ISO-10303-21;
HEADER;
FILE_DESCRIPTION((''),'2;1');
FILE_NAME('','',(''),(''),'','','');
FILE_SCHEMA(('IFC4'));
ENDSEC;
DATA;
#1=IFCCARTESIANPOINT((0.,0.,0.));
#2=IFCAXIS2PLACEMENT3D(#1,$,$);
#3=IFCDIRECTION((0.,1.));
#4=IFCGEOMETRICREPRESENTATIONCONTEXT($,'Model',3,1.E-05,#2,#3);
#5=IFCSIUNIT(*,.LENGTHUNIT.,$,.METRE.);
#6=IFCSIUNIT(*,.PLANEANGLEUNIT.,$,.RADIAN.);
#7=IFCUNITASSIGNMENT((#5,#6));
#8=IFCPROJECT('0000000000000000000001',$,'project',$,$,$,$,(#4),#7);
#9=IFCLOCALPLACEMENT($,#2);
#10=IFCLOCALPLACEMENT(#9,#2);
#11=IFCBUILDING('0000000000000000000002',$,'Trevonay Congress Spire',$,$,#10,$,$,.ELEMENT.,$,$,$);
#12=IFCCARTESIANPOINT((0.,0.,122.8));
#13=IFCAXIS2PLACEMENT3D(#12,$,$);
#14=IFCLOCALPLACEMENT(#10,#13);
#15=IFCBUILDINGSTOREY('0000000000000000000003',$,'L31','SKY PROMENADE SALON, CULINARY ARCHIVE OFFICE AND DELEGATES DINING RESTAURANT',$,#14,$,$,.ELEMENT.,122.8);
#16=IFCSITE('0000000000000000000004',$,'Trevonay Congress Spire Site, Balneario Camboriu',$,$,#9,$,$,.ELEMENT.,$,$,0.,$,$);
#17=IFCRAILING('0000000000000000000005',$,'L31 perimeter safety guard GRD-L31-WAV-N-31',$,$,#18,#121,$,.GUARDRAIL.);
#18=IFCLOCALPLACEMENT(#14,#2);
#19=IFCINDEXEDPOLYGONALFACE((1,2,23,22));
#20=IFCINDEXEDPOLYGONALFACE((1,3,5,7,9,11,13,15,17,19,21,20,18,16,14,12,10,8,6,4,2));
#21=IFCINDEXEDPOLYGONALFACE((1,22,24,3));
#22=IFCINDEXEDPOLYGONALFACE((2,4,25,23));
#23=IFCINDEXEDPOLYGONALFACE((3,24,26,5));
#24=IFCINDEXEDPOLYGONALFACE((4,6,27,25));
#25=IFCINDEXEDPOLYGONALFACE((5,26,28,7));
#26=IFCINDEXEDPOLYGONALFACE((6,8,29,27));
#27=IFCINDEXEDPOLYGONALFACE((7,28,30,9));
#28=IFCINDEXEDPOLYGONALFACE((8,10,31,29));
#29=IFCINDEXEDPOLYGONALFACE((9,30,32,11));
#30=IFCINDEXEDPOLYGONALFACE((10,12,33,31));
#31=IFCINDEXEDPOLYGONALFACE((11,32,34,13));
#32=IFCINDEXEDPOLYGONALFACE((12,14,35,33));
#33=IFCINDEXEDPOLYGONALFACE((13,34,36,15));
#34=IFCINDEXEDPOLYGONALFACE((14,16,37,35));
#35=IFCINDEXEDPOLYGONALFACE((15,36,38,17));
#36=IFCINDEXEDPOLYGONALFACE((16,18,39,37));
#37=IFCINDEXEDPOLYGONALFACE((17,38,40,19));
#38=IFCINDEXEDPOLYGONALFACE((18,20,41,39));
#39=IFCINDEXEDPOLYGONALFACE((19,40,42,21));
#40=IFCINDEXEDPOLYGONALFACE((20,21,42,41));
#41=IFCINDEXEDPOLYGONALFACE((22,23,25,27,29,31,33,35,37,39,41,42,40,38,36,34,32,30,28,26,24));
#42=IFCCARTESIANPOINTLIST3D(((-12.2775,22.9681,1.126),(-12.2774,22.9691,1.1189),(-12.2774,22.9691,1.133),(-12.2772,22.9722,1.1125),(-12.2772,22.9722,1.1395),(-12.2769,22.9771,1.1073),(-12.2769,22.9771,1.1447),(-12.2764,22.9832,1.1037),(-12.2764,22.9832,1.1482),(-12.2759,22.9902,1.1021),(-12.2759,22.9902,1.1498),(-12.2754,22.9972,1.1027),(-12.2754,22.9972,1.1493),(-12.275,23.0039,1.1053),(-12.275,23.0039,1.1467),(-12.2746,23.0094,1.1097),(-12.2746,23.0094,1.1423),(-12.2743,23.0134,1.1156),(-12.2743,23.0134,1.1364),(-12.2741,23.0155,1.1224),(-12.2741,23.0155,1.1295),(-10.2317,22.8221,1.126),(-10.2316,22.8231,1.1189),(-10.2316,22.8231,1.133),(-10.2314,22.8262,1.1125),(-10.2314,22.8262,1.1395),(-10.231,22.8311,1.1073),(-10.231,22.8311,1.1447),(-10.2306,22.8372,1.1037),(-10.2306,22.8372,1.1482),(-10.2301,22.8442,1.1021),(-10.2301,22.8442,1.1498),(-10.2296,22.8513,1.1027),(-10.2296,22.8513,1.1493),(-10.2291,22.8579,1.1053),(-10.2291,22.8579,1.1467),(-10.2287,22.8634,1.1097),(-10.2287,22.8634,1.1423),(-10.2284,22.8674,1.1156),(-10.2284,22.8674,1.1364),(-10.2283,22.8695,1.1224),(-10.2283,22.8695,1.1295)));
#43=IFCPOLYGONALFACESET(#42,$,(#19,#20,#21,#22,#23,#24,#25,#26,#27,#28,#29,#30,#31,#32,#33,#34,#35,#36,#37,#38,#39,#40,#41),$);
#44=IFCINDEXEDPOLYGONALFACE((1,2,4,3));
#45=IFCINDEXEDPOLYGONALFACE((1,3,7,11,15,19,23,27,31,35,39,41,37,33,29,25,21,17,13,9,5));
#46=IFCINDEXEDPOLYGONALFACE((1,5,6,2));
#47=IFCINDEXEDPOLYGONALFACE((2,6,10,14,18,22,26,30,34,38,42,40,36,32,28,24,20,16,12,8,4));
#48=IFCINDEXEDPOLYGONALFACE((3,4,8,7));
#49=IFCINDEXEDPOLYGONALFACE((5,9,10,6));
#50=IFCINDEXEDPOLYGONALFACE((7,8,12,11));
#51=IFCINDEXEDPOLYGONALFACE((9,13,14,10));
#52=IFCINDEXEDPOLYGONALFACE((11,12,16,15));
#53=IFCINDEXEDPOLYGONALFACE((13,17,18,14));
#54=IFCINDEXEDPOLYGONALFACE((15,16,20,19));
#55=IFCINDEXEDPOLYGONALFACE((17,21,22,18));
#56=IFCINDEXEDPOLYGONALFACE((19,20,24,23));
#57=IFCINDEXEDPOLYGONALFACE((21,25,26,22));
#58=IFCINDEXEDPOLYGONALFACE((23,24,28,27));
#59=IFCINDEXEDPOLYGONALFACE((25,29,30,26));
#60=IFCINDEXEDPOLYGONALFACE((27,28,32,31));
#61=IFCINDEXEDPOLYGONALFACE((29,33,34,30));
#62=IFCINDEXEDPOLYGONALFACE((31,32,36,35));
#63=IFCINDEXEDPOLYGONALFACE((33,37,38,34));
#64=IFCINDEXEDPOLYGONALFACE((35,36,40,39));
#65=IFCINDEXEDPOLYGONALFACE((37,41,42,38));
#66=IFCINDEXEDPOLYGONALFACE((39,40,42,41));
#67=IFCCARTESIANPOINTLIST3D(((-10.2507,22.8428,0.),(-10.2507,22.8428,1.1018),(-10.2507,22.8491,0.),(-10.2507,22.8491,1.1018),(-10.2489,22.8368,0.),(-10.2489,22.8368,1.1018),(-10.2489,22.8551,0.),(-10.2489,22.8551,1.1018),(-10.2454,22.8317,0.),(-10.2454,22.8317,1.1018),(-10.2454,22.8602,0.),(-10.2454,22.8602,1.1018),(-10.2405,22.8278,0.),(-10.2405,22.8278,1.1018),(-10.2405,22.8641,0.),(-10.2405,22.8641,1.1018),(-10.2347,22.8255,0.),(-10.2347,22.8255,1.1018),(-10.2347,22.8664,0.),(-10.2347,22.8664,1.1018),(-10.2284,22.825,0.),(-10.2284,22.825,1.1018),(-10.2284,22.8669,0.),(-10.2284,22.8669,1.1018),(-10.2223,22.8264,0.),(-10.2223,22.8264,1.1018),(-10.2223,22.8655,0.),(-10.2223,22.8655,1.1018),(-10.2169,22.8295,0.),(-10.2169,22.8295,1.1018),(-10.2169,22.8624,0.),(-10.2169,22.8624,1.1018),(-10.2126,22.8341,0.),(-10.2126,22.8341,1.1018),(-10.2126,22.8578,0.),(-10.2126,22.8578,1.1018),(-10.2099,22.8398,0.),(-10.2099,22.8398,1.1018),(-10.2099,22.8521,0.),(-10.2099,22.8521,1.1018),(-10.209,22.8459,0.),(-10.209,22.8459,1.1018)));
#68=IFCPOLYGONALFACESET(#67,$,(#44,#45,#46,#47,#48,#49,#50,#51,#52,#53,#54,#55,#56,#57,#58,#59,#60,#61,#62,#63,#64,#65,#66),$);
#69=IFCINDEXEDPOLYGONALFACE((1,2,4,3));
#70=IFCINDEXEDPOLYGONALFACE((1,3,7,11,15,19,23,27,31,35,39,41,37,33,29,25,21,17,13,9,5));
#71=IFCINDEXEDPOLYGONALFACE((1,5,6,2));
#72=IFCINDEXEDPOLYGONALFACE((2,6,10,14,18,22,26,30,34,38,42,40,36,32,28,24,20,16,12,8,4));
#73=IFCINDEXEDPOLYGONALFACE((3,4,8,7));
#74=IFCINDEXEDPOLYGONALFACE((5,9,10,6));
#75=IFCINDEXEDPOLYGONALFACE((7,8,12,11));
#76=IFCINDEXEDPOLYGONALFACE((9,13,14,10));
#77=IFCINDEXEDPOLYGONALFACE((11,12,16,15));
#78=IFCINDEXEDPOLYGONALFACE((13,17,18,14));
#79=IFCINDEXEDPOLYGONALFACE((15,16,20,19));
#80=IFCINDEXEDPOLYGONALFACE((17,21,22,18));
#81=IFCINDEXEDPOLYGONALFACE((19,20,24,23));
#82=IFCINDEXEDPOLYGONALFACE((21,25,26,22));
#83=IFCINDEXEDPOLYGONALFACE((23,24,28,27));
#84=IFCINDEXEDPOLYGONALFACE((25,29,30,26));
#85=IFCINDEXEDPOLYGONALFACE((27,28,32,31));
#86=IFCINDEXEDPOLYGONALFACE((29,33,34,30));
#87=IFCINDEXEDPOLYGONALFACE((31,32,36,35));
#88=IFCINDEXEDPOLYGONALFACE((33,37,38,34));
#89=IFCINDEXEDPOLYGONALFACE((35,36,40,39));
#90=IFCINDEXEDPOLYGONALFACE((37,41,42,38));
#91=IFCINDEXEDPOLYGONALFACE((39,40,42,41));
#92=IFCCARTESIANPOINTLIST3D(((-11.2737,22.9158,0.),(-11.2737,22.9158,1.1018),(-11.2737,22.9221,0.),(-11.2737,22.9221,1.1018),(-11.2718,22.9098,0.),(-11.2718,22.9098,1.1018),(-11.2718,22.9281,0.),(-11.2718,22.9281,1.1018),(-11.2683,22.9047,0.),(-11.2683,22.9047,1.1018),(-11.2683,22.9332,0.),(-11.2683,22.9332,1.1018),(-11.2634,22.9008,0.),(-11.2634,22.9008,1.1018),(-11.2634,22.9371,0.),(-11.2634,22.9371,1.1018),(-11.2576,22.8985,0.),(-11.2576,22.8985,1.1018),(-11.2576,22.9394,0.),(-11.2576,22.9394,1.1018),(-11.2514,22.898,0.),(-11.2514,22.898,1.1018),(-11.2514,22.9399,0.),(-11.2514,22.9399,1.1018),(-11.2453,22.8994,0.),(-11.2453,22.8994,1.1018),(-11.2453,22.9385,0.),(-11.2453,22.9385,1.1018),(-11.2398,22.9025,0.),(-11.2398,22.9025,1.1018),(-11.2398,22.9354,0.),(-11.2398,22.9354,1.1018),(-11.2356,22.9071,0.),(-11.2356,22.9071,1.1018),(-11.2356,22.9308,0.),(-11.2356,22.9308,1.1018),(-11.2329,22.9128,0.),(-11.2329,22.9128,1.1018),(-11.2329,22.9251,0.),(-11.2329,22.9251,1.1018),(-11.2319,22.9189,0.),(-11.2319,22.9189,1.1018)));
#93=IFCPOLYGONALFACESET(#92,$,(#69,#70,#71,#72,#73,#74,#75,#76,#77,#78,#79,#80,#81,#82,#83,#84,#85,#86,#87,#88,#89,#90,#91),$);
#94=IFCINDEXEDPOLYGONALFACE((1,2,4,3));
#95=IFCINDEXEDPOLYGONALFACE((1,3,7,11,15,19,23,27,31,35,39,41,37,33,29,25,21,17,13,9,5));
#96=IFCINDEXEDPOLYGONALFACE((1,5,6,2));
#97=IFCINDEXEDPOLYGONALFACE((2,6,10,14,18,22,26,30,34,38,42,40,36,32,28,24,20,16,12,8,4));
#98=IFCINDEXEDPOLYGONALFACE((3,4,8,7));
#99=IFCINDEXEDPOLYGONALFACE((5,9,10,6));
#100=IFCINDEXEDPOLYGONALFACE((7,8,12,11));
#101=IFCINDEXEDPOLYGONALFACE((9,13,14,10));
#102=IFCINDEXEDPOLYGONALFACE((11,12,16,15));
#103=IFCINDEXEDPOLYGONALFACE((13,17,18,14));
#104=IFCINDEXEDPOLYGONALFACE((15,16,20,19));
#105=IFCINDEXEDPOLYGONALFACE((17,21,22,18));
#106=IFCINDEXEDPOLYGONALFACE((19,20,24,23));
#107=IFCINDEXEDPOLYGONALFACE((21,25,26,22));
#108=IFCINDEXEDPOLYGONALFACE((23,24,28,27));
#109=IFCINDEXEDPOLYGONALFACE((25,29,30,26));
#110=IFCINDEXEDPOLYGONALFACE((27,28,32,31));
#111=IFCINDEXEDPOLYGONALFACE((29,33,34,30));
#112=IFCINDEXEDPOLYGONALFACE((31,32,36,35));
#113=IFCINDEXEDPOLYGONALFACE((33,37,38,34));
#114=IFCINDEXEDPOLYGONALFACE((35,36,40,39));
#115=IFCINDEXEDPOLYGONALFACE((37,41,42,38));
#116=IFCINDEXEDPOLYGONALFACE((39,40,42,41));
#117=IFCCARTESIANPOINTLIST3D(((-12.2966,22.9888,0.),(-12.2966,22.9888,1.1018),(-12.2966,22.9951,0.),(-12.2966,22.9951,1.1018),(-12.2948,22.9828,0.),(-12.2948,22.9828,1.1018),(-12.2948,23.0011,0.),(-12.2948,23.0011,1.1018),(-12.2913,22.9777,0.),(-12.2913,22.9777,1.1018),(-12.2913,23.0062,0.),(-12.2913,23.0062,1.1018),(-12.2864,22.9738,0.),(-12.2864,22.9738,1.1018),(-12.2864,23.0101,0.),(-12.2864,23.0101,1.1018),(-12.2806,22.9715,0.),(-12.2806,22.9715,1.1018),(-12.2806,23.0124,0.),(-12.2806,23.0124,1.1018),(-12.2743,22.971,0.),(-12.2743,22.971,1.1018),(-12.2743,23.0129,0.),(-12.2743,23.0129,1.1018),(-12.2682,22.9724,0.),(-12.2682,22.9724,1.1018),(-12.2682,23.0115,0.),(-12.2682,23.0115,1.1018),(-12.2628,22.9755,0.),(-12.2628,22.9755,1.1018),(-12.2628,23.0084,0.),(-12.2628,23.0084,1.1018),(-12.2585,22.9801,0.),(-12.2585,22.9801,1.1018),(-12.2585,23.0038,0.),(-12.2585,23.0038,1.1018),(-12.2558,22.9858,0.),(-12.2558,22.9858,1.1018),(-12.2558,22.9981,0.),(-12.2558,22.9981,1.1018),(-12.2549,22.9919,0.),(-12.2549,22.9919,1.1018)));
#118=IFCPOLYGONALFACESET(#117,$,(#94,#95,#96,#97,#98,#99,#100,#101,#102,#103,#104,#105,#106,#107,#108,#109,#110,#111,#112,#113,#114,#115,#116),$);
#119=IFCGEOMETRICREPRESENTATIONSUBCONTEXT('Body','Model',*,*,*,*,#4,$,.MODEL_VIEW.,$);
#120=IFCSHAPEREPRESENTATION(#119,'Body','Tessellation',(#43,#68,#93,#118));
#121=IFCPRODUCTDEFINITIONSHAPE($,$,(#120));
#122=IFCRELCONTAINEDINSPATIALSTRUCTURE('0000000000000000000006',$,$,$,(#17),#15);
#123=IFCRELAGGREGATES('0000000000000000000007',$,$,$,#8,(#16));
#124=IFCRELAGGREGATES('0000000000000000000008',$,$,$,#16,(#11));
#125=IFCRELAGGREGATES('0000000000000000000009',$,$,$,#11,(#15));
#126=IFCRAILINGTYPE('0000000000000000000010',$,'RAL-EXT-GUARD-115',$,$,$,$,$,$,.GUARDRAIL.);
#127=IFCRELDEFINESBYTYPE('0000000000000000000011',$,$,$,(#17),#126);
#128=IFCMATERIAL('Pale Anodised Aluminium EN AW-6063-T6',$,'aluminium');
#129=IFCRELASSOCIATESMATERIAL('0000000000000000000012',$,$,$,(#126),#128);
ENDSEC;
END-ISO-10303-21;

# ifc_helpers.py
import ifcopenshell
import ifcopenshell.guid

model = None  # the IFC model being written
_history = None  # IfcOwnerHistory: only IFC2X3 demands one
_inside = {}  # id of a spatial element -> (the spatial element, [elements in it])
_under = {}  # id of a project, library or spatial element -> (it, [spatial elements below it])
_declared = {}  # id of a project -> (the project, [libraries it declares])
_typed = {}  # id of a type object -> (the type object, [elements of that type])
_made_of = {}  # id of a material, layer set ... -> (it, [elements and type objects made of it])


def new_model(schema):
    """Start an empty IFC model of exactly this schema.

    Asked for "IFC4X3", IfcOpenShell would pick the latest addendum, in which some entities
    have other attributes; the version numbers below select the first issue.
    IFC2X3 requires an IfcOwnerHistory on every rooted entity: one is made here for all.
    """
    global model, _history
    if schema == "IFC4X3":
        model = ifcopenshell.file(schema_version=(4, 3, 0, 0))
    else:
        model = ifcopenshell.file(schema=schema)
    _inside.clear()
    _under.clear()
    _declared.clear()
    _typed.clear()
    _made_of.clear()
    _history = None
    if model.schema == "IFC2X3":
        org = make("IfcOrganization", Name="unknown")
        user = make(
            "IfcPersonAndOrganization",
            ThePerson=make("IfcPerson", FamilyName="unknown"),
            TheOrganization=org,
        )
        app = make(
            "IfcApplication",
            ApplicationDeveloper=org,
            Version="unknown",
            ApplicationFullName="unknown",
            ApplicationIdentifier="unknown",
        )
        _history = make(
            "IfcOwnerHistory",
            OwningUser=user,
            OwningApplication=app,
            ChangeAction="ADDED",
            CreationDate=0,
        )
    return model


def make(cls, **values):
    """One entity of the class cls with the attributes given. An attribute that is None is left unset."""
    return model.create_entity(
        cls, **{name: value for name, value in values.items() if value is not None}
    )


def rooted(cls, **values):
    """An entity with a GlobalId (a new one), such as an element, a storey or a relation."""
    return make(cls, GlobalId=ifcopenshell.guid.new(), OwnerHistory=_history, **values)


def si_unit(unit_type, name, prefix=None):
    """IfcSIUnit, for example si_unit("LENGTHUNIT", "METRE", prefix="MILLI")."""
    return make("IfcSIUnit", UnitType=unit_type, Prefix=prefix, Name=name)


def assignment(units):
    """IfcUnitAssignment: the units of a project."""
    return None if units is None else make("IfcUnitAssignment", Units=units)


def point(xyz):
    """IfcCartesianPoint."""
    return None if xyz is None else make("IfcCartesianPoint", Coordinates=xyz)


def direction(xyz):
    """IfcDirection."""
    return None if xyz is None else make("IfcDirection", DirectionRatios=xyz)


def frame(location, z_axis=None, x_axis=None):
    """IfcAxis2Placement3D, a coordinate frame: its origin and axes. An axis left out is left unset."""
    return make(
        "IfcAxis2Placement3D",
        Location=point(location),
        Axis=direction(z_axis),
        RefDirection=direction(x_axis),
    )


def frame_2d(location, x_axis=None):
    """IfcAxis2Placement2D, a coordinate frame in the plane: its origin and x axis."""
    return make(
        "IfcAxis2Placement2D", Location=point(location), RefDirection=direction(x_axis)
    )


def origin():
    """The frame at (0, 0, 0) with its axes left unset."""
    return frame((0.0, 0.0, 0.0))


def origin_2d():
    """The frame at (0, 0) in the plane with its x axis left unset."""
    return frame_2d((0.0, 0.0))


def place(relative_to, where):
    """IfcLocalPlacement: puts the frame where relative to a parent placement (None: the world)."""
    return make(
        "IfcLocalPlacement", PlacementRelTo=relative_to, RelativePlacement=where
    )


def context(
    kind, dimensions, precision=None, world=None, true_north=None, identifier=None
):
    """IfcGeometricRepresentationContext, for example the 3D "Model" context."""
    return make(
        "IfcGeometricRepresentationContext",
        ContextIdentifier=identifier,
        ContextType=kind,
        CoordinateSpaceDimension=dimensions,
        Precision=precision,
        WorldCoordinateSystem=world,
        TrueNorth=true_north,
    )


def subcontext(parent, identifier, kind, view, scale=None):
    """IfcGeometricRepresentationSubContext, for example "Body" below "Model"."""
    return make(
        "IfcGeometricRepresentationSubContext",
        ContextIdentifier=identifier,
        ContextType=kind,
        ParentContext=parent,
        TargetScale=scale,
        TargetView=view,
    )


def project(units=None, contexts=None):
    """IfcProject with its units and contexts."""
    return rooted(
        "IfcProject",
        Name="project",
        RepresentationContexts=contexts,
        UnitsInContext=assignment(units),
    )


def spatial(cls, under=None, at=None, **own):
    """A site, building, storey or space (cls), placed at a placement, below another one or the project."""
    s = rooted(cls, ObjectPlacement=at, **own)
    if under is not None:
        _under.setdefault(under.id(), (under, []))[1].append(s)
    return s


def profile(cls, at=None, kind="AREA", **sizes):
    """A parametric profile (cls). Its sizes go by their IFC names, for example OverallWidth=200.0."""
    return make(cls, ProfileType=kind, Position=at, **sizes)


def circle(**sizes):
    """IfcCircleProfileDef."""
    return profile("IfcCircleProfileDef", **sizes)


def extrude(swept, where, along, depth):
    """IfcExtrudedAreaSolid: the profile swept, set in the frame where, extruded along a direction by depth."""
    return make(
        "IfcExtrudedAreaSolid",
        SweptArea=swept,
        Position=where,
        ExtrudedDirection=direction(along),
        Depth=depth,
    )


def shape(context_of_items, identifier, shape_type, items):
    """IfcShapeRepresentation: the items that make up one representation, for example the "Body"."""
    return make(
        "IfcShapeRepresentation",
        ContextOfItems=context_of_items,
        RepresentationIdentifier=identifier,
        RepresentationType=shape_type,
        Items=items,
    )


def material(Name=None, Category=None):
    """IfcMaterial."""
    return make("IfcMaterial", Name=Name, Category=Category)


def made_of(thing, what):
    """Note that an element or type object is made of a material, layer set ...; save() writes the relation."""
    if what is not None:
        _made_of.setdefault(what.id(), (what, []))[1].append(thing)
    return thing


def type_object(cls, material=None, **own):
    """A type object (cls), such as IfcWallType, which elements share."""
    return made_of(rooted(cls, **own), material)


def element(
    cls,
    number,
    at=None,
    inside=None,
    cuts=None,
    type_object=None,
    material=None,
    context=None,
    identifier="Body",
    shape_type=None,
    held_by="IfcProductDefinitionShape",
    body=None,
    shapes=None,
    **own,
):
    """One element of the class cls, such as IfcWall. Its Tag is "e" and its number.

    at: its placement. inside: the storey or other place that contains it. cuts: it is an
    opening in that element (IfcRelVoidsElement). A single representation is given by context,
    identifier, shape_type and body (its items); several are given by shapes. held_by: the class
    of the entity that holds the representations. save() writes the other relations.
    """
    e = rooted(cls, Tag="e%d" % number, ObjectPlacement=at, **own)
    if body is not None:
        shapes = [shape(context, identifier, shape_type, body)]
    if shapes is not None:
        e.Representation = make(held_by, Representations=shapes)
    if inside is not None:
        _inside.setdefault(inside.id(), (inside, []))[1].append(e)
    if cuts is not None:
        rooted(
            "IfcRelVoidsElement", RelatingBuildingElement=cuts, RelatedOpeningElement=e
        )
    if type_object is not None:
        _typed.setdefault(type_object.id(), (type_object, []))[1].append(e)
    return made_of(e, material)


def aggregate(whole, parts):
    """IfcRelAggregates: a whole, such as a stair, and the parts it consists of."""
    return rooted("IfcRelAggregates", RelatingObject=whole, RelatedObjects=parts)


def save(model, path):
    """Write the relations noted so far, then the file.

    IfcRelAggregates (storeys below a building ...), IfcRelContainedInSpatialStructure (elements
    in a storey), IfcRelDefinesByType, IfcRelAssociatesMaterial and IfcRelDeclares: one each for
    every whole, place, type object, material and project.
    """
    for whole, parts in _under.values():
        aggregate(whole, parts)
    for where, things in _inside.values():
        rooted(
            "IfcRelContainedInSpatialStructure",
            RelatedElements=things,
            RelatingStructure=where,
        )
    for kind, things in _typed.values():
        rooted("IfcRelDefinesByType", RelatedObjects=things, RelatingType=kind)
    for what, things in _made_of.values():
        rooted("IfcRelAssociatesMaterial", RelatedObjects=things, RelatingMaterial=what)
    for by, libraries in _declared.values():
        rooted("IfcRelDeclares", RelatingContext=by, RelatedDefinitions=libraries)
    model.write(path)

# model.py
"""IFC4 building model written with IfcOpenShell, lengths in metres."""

from ifc_helpers import new_model, si_unit, direction, frame, origin, origin_2d, place, context, subcontext, project, spatial, circle, extrude, material, type_object, element, save


model = new_model("IFC4")

# Units and contexts
model_context = context("Model", 3, precision=1e-05, world=origin(), true_north=direction((0.0, 1.0)))
body_context = subcontext(model_context, "Body", "Model", "MODEL_VIEW")
ifc_project = project(units=[si_unit("LENGTHUNIT", "METRE"), si_unit("PLANEANGLEUNIT", "RADIAN")], contexts=[model_context])

# Site, building, storey
site_placement = place(None, origin())
site = spatial("IfcSite", under=ifc_project, at=site_placement, Name="Trevonay Congress Spire Site, Balneario Camboriu", CompositionType="ELEMENT", RefElevation=0.0)
building_placement = place(site_placement, origin())
building = spatial("IfcBuilding", under=site, at=building_placement, Name="Trevonay Congress Spire", CompositionType="ELEMENT")
storey_placement = place(building_placement, frame((0.0, 0.0, 122.8)))
storey = spatial("IfcBuildingStorey", under=building, at=storey_placement, Name="L31", Description="SKY PROMENADE SALON, CULINARY ARCHIVE OFFICE AND DELEGATES DINING RESTAURANT", CompositionType="ELEMENT", Elevation=122.8)

# Shared definitions
ifc_material_1 = material(Name="Pale Anodised Aluminium EN AW-6063-T6", Category="aluminium")

# Railing
railing_type = type_object("IfcRailingType", Name="RAL-EXT-GUARD-115", PredefinedType="GUARDRAIL", material=ifc_material_1)
railing_1_placement = place(storey_placement, frame((-10.23, 22.8459, 0.0)))
element("IfcRailing", 1, at=railing_1_placement, inside=storey, type_object=railing_type, Name="L31 perimeter safety guard GRD-L31-WAV-N-31", PredefinedType="GUARDRAIL", context=body_context, shape_type="SweptSolid", body=[
    extrude(circle(Radius=0.0239, at=origin_2d()), frame((0.0, 0.0, 1.126), z_axis=(-0.997464, 0.071179, 0.0), x_axis=(-0.071179, -0.997464, 0.0)), (0.0, 0.0, 1.0), 2.051),
    extrude(circle(Radius=0.021, at=origin_2d()), origin(), (0.0, 0.0, 1.0), 1.1018),
    extrude(circle(Radius=0.021, at=origin_2d()), frame((-1.0229, 0.073, 0.0)), (0.0, 0.0, 1.0), 1.1018),
    extrude(circle(Radius=0.021, at=origin_2d()), frame((-2.0459, 0.146, 0.0)), (0.0, 0.0, 1.0), 1.1018),
])

save(model, "model.ifc")
